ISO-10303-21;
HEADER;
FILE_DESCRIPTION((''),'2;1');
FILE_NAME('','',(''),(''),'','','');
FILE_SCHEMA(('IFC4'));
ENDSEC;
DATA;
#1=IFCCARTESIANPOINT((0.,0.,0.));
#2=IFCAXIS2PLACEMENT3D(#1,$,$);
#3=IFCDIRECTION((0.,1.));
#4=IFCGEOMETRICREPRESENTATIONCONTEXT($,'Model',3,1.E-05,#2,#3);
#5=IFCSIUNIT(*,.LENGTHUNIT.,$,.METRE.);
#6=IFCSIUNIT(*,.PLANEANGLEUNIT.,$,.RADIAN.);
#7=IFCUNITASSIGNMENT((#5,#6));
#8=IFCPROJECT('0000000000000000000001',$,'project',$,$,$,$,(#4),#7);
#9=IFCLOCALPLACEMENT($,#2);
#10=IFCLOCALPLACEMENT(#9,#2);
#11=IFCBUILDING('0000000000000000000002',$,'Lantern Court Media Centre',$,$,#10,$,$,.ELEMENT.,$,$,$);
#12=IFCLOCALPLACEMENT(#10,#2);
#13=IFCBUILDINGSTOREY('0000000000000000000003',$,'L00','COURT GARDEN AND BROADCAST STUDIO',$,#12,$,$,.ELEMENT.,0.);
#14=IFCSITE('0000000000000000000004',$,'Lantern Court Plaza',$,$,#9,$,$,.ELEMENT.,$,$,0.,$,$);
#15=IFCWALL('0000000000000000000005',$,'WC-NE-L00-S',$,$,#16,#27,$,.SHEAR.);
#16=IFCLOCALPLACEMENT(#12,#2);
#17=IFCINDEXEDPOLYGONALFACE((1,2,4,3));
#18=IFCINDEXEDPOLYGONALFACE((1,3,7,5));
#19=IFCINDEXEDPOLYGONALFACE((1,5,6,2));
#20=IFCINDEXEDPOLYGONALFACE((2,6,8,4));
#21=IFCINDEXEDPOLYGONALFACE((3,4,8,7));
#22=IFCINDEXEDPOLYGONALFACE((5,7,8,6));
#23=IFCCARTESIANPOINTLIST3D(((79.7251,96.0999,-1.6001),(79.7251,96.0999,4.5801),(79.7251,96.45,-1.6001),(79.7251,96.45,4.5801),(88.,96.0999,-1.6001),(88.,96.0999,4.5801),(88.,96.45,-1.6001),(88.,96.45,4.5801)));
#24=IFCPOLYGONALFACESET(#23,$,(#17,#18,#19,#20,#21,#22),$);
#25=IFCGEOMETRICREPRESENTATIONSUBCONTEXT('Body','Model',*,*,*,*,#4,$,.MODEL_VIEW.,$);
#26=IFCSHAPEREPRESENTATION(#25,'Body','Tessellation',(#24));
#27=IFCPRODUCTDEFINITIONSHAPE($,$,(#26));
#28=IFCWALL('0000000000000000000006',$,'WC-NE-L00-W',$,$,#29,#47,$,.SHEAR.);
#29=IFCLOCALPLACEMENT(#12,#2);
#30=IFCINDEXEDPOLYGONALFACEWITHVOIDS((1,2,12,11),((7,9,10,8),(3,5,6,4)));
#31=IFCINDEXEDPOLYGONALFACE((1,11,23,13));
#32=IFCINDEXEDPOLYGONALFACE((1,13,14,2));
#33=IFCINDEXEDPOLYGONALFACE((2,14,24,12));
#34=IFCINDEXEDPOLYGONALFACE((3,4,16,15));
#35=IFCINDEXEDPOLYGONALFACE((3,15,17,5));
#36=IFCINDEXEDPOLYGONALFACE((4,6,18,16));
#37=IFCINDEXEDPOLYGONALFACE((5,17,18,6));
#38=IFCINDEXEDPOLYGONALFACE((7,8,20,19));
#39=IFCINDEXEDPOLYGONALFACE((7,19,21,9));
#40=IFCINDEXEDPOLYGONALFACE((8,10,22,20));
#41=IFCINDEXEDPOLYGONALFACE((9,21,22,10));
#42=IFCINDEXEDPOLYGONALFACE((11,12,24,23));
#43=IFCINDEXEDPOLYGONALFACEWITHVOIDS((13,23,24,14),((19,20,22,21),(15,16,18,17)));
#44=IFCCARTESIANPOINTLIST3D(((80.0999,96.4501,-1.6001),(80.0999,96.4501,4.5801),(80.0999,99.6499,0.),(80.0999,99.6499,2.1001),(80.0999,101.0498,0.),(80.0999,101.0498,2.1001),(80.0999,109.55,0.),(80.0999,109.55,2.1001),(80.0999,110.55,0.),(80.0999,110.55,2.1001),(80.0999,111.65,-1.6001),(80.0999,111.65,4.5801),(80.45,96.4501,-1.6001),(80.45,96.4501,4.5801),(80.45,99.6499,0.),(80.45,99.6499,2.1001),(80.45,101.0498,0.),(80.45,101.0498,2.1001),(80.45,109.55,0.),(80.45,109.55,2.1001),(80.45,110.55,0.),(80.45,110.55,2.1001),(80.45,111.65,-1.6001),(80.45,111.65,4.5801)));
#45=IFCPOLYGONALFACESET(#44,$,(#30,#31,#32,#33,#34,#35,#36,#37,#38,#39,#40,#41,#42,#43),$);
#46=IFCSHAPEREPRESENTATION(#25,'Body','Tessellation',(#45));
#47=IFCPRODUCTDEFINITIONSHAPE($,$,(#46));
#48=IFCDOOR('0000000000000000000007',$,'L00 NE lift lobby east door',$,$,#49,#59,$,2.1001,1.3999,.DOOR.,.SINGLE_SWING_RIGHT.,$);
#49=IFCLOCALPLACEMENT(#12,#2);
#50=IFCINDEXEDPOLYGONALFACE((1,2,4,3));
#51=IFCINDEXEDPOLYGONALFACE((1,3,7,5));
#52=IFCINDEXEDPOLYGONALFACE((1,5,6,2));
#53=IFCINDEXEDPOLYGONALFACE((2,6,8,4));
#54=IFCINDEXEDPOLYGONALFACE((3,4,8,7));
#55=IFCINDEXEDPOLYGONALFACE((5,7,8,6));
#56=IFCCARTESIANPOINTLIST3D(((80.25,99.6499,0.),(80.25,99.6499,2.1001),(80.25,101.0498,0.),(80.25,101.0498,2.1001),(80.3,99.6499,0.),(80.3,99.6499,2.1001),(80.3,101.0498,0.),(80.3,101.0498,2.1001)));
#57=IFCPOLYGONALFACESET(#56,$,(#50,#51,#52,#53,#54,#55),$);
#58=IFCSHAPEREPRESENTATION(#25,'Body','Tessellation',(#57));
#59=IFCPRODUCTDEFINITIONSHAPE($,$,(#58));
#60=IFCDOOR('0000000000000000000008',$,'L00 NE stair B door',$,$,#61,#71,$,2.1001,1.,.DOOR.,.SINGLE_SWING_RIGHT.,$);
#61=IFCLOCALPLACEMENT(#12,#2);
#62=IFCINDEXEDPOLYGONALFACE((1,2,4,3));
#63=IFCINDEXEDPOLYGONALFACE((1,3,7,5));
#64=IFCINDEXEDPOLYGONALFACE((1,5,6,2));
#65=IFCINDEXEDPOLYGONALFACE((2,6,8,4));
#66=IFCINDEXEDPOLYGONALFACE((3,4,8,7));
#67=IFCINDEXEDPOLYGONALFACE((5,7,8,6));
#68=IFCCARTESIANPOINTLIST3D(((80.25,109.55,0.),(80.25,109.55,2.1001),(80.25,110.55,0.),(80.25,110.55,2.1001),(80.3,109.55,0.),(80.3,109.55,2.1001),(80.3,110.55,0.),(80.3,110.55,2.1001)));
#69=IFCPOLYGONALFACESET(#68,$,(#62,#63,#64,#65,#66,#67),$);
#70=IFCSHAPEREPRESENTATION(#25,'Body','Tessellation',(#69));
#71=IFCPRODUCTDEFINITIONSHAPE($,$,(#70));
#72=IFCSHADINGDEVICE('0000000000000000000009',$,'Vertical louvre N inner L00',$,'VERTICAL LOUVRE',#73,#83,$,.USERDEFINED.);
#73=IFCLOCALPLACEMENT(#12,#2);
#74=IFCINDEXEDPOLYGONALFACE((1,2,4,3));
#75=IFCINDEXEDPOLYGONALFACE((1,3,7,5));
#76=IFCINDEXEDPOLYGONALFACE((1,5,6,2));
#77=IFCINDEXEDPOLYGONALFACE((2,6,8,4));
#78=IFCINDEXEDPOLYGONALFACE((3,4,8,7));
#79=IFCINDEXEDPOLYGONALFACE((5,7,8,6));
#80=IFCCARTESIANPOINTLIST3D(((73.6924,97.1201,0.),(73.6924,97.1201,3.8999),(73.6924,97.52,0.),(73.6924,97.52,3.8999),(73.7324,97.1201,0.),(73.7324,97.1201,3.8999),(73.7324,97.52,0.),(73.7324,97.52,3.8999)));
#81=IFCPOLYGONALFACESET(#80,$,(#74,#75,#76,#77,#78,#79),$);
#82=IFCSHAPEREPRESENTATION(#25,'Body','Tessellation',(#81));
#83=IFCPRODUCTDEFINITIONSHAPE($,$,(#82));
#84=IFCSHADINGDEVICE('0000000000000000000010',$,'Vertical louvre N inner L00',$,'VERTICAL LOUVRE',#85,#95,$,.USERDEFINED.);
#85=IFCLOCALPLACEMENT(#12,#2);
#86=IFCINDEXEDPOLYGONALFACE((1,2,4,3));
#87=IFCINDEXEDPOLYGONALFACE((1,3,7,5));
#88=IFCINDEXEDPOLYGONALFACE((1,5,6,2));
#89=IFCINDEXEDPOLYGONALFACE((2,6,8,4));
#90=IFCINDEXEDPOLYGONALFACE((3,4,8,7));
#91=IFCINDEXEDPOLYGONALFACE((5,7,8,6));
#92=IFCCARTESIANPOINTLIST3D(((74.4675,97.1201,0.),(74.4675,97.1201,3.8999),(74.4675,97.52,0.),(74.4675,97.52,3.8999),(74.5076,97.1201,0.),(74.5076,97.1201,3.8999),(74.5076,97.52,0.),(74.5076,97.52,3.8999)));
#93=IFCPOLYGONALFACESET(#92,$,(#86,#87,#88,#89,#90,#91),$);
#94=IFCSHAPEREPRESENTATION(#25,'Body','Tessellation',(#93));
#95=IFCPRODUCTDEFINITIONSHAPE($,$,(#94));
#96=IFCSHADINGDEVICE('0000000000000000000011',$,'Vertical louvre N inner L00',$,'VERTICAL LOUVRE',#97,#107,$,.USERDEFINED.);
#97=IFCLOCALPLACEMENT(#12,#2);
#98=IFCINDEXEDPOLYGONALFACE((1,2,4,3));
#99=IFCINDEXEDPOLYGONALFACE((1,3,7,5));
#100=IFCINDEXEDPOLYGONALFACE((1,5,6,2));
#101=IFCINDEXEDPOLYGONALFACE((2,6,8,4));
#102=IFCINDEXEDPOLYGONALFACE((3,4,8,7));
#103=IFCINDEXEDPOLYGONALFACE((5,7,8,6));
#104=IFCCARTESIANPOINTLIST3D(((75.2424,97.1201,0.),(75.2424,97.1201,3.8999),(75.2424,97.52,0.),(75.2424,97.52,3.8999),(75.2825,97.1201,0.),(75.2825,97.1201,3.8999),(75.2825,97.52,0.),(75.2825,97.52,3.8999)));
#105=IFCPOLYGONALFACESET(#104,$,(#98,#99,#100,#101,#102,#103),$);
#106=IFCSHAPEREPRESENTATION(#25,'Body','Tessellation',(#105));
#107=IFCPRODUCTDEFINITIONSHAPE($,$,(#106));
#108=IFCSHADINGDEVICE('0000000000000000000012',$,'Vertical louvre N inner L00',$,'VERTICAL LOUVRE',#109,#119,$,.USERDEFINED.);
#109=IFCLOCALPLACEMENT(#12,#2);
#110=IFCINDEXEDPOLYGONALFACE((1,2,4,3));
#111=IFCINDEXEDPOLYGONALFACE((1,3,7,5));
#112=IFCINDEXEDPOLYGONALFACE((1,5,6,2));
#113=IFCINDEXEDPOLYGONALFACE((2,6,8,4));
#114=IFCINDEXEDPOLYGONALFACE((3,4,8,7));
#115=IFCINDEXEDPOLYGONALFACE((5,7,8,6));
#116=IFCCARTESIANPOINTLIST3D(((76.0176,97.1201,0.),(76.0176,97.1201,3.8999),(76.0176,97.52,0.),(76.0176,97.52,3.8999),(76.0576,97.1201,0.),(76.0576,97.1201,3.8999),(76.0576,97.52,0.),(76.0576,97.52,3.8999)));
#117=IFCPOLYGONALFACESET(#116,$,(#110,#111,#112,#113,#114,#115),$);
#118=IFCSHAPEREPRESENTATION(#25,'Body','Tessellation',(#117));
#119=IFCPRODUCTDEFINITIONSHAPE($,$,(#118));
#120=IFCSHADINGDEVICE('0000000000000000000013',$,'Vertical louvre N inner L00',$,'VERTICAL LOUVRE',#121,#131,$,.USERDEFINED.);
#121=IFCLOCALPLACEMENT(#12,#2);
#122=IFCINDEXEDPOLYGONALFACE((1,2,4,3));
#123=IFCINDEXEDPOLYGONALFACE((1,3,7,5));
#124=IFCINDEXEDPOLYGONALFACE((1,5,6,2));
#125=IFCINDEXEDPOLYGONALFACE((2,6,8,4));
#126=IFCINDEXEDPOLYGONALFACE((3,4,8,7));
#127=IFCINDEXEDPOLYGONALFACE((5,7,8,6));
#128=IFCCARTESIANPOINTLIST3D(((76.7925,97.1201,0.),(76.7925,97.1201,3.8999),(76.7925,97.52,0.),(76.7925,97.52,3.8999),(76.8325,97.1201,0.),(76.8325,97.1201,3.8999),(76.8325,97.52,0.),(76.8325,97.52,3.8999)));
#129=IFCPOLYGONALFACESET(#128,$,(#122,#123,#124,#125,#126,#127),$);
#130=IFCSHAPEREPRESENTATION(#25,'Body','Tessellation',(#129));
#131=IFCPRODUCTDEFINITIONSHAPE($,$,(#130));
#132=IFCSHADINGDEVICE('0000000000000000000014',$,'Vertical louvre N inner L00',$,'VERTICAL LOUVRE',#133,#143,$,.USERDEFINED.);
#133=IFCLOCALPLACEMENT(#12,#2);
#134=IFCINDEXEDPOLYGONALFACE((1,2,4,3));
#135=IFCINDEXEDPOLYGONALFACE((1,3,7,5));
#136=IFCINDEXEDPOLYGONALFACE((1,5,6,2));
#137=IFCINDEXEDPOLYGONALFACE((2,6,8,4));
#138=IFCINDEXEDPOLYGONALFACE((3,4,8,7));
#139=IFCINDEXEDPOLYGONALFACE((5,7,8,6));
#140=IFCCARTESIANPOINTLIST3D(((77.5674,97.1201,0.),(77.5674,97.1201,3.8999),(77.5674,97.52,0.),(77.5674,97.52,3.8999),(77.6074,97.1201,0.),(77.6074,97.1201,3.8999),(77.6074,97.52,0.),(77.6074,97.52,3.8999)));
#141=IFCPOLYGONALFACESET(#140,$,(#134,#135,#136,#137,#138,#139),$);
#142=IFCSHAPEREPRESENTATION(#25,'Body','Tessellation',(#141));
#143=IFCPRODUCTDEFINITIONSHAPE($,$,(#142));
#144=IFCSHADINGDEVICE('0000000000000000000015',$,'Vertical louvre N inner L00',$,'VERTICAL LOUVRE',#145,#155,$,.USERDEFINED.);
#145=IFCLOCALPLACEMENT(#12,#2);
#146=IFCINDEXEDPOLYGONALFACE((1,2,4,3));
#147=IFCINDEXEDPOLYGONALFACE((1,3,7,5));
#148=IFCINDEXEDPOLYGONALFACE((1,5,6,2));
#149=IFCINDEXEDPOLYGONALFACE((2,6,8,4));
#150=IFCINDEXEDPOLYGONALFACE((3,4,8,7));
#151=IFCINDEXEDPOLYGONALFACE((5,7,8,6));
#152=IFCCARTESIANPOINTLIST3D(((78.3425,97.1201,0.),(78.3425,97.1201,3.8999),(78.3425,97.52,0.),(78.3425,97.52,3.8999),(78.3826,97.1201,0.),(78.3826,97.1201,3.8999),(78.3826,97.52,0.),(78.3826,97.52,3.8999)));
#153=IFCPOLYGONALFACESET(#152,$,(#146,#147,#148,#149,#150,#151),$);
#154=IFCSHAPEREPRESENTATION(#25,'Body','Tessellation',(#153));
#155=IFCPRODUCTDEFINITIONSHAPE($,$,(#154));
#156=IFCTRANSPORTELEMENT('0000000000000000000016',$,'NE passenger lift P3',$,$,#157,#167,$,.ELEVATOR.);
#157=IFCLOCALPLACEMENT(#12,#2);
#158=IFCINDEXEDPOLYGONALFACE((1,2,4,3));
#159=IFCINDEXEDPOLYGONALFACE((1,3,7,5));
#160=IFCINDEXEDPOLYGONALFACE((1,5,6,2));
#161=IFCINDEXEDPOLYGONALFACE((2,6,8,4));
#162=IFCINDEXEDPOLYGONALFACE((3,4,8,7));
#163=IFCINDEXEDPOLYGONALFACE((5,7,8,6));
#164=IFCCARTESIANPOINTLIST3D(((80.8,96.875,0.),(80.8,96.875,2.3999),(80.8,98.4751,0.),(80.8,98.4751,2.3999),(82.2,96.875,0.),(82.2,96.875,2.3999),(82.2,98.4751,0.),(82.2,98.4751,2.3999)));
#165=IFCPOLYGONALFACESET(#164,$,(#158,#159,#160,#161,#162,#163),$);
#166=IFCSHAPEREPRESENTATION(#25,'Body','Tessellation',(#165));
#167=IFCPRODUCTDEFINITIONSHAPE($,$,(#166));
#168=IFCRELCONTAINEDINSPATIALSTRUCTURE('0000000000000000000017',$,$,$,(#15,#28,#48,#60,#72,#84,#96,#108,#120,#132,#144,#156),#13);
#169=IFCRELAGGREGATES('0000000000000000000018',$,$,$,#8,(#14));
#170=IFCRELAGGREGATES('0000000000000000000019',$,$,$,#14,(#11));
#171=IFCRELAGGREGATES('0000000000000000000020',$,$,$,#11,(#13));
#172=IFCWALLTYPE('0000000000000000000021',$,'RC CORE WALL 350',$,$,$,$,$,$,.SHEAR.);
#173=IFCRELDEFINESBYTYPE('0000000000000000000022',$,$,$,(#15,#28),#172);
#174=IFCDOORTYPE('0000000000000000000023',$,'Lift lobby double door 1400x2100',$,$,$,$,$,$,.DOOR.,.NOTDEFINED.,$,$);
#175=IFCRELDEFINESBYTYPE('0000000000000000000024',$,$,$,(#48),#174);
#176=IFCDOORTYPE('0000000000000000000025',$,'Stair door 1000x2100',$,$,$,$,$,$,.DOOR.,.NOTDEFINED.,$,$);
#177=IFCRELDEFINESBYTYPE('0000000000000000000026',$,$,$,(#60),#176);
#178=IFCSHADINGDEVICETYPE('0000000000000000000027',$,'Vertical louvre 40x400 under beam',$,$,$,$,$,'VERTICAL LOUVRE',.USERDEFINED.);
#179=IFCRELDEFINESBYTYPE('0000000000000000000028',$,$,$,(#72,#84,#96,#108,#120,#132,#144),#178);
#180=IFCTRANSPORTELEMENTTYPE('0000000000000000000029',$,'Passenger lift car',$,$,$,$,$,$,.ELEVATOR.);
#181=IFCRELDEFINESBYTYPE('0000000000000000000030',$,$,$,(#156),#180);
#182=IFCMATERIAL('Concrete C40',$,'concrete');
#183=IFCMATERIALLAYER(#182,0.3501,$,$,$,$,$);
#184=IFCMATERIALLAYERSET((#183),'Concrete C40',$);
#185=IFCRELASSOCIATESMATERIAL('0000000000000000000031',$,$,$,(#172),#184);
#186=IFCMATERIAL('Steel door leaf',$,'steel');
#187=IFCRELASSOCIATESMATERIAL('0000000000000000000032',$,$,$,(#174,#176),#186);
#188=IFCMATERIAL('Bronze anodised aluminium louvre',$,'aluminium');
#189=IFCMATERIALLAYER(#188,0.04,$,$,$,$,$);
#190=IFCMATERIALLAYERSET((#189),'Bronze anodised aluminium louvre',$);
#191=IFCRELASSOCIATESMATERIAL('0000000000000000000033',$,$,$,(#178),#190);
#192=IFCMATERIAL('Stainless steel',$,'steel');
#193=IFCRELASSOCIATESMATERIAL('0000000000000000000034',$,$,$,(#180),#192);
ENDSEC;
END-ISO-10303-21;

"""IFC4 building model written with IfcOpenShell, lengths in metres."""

from ifc_helpers import new_model, si_unit, direction, frame, frame_2d, origin, origin_2d, place, context, subcontext, project, spatial, rectangle, extrude, material, layer, layer_set, type_object, element, fill, save


model = new_model("IFC4")

# Units and contexts
model_context = context("Model", 3, precision=1e-05, world=origin(), true_north=direction((0.0, 1.0)))
body_context = subcontext(model_context, "Body", "Model", "MODEL_VIEW")
ifc_project = project(units=[si_unit("LENGTHUNIT", "METRE"), si_unit("PLANEANGLEUNIT", "RADIAN")], contexts=[model_context])

# Site, building, storey
site_placement = place(None, origin())
site = spatial("IfcSite", under=ifc_project, at=site_placement, Name="Lantern Court Plaza", CompositionType="ELEMENT", RefElevation=0.0)
building_placement = place(site_placement, origin())
building = spatial("IfcBuilding", under=site, at=building_placement, Name="Lantern Court Media Centre", CompositionType="ELEMENT")
storey_placement = place(building_placement, origin())
storey = spatial("IfcBuildingStorey", under=building, at=storey_placement, Name="L00", Description="COURT GARDEN AND BROADCAST STUDIO", CompositionType="ELEMENT", Elevation=0.0)

# Wall
ifc_material_1 = material(Name="Concrete C40", Category="concrete")
ifc_layer_1 = layer(ifc_material_1, 0.3501)
ifc_layer_set_1 = layer_set([ifc_layer_1], Name="Concrete C40")
wall_type = type_object("IfcWallType", Name="RC CORE WALL 350", PredefinedType="SHEAR", material=ifc_layer_set_1)
wall_1_placement = place(storey_placement, frame((79.7251, 96.2749, -1.6001), z_axis=(0.0, 0.0, 1.0), x_axis=(1.0, 0.0, 0.0)))
element("IfcWall", 1, at=wall_1_placement, inside=storey, type_object=wall_type, Name="WC-NE-L00-S", PredefinedType="SHEAR", context=body_context, shape_type="SweptSolid", body=[
    extrude(rectangle(XDim=8.2749, YDim=0.3501, at=frame_2d((4.1375, 0.0))), origin(), (0.0, 0.0, 1.0), 6.1802),
])

# Wall, openings, doors
wall_2_placement = place(storey_placement, frame((80.2749, 96.45, -1.6001), z_axis=(0.0, 0.0, 1.0), x_axis=(0.0, 1.0, 0.0)))
wall_2 = element("IfcWall", 2, at=wall_2_placement, inside=storey, type_object=wall_type, Name="WC-NE-L00-W", PredefinedType="SHEAR", context=body_context, shape_type="SweptSolid", body=[
    extrude(rectangle(XDim=15.2, YDim=0.3501, at=frame_2d((7.6001, 0.0))), origin(), (0.0, 0.0, 1.0), 6.1802),
])
opening_1_placement = place(wall_2_placement, frame((13.1001, 0.0, 1.6001)))
opening_1 = element("IfcOpeningElement", 3, at=opening_1_placement, cuts=wall_2, PredefinedType="OPENING", context=body_context, shape_type="SweptSolid", body=[
    extrude(rectangle(XDim=1.0, YDim=2.1001, at=frame_2d((0.5, 1.05))), frame((0.0, 0.1851, 0.0), z_axis=(0.0, -1.0, 0.0), x_axis=(1.0, 0.0, 0.0)), (0.0, 0.0, 1.0), 0.3701),
])
opening_2_placement = place(wall_2_placement, frame((3.2, 0.0, 1.6001)))
opening_2 = element("IfcOpeningElement", 4, at=opening_2_placement, cuts=wall_2, PredefinedType="OPENING", context=body_context, shape_type="SweptSolid", body=[
    extrude(rectangle(XDim=1.3999, YDim=2.1001, at=frame_2d((0.7, 1.05))), frame((0.0, 0.1851, 0.0), z_axis=(0.0, -1.0, 0.0), x_axis=(1.0, 0.0, 0.0)), (0.0, 0.0, 1.0), 0.3701),
])
ifc_material_2 = material(Name="Steel door leaf", Category="steel")
door_type_1 = type_object("IfcDoorType", Name="Lift lobby double door 1400x2100", OperationType="NOTDEFINED", PredefinedType="DOOR", material=ifc_material_2)
door_1_placement = place(opening_2_placement, origin())
door_1 = element("IfcDoor", 5, at=door_1_placement, inside=storey, type_object=door_type_1, Name="L00 NE lift lobby east door", OperationType="SINGLE_SWING_RIGHT", OverallHeight=2.1001, OverallWidth=1.3999, PredefinedType="DOOR", context=body_context, shape_type="SweptSolid", body=[
    extrude(rectangle(XDim=1.3999, YDim=2.1001, at=frame_2d((0.7, 1.05))), frame((0.0, 0.0249, 0.0), z_axis=(0.0, -1.0, 0.0), x_axis=(1.0, 0.0, 0.0)), (0.0, 0.0, 1.0), 0.05),
])
fill(opening_2, door_1)
door_type_2 = type_object("IfcDoorType", Name="Stair door 1000x2100", OperationType="NOTDEFINED", PredefinedType="DOOR", material=ifc_material_2)
door_2_placement = place(opening_1_placement, origin())
door_2 = element("IfcDoor", 6, at=door_2_placement, inside=storey, type_object=door_type_2, Name="L00 NE stair B door", OperationType="SINGLE_SWING_RIGHT", OverallHeight=2.1001, OverallWidth=1.0, PredefinedType="DOOR", context=body_context, shape_type="SweptSolid", body=[
    extrude(rectangle(XDim=1.0, YDim=2.1001, at=frame_2d((0.5, 1.05))), frame((0.0, 0.0249, 0.0), z_axis=(0.0, -1.0, 0.0), x_axis=(1.0, 0.0, 0.0)), (0.0, 0.0, 1.0), 0.05),
])
fill(opening_1, door_2)

# Shading devices
ifc_material_3 = material(Name="Bronze anodised aluminium louvre", Category="aluminium")
ifc_layer_2 = layer(ifc_material_3, 0.04)
ifc_layer_set_2 = layer_set([ifc_layer_2], Name="Bronze anodised aluminium louvre")
shading_device_type = type_object("IfcShadingDeviceType", Name="Vertical louvre 40x400 under beam", ElementType="VERTICAL LOUVRE", PredefinedType="USERDEFINED", material=ifc_layer_set_2)
for number, where, z_axis, x_axis, name in (
    (7, (73.7124, 97.3201, 0.0), (0.0, 0.0, 1.0), (1.0, 0.0, 0.0), "Vertical louvre N inner L00"),
    (8, (74.4875, 97.3201, 0.0), (0.0, 0.0, 1.0), (1.0, 0.0, 0.0), "Vertical louvre N inner L00"),
    (9, (75.2625, 97.3201, 0.0), (0.0, 0.0, 1.0), (1.0, 0.0, 0.0), "Vertical louvre N inner L00"),
    (10, (76.0376, 97.3201, 0.0), (0.0, 0.0, 1.0), (1.0, 0.0, 0.0), "Vertical louvre N inner L00"),
    (11, (76.8125, 97.3201, 0.0), (0.0, 0.0, 1.0), (1.0, 0.0, 0.0), "Vertical louvre N inner L00"),
    (12, (77.5874, 97.3201, 0.0), (0.0, 0.0, 1.0), (1.0, 0.0, 0.0), "Vertical louvre N inner L00"),
    (13, (78.3625, 97.3201, 0.0), (0.0, 0.0, 1.0), (1.0, 0.0, 0.0), "Vertical louvre N inner L00"),
):
    element("IfcShadingDevice", number, at=place(storey_placement, frame(where, z_axis=z_axis, x_axis=x_axis)), inside=storey, type_object=shading_device_type, Name=name, ObjectType="VERTICAL LOUVRE", PredefinedType="USERDEFINED", context=body_context, shape_type="SweptSolid", body=[
        extrude(rectangle(XDim=0.04, YDim=0.3999, at=origin_2d()), origin(), (0.0, 0.0, 1.0), 3.8999),
    ])

# Transport element
ifc_material_4 = material(Name="Stainless steel", Category="steel")
transport_element_type = type_object("IfcTransportElementType", Name="Passenger lift car", PredefinedType="ELEVATOR", material=ifc_material_4)
transport_element_placement = place(storey_placement, frame((81.5, 97.675, 0.0), z_axis=(0.0, 0.0, 1.0), x_axis=(1.0, 0.0, 0.0)))
element("IfcTransportElement", 14, at=transport_element_placement, inside=storey, type_object=transport_element_type, Name="NE passenger lift P3", PredefinedType="ELEVATOR", context=body_context, shape_type="SweptSolid", body=[
    extrude(rectangle(XDim=1.3999, YDim=1.6001, at=origin_2d()), origin(), (0.0, 0.0, 1.0), 2.3999),
])

save(model, "model.ifc")
